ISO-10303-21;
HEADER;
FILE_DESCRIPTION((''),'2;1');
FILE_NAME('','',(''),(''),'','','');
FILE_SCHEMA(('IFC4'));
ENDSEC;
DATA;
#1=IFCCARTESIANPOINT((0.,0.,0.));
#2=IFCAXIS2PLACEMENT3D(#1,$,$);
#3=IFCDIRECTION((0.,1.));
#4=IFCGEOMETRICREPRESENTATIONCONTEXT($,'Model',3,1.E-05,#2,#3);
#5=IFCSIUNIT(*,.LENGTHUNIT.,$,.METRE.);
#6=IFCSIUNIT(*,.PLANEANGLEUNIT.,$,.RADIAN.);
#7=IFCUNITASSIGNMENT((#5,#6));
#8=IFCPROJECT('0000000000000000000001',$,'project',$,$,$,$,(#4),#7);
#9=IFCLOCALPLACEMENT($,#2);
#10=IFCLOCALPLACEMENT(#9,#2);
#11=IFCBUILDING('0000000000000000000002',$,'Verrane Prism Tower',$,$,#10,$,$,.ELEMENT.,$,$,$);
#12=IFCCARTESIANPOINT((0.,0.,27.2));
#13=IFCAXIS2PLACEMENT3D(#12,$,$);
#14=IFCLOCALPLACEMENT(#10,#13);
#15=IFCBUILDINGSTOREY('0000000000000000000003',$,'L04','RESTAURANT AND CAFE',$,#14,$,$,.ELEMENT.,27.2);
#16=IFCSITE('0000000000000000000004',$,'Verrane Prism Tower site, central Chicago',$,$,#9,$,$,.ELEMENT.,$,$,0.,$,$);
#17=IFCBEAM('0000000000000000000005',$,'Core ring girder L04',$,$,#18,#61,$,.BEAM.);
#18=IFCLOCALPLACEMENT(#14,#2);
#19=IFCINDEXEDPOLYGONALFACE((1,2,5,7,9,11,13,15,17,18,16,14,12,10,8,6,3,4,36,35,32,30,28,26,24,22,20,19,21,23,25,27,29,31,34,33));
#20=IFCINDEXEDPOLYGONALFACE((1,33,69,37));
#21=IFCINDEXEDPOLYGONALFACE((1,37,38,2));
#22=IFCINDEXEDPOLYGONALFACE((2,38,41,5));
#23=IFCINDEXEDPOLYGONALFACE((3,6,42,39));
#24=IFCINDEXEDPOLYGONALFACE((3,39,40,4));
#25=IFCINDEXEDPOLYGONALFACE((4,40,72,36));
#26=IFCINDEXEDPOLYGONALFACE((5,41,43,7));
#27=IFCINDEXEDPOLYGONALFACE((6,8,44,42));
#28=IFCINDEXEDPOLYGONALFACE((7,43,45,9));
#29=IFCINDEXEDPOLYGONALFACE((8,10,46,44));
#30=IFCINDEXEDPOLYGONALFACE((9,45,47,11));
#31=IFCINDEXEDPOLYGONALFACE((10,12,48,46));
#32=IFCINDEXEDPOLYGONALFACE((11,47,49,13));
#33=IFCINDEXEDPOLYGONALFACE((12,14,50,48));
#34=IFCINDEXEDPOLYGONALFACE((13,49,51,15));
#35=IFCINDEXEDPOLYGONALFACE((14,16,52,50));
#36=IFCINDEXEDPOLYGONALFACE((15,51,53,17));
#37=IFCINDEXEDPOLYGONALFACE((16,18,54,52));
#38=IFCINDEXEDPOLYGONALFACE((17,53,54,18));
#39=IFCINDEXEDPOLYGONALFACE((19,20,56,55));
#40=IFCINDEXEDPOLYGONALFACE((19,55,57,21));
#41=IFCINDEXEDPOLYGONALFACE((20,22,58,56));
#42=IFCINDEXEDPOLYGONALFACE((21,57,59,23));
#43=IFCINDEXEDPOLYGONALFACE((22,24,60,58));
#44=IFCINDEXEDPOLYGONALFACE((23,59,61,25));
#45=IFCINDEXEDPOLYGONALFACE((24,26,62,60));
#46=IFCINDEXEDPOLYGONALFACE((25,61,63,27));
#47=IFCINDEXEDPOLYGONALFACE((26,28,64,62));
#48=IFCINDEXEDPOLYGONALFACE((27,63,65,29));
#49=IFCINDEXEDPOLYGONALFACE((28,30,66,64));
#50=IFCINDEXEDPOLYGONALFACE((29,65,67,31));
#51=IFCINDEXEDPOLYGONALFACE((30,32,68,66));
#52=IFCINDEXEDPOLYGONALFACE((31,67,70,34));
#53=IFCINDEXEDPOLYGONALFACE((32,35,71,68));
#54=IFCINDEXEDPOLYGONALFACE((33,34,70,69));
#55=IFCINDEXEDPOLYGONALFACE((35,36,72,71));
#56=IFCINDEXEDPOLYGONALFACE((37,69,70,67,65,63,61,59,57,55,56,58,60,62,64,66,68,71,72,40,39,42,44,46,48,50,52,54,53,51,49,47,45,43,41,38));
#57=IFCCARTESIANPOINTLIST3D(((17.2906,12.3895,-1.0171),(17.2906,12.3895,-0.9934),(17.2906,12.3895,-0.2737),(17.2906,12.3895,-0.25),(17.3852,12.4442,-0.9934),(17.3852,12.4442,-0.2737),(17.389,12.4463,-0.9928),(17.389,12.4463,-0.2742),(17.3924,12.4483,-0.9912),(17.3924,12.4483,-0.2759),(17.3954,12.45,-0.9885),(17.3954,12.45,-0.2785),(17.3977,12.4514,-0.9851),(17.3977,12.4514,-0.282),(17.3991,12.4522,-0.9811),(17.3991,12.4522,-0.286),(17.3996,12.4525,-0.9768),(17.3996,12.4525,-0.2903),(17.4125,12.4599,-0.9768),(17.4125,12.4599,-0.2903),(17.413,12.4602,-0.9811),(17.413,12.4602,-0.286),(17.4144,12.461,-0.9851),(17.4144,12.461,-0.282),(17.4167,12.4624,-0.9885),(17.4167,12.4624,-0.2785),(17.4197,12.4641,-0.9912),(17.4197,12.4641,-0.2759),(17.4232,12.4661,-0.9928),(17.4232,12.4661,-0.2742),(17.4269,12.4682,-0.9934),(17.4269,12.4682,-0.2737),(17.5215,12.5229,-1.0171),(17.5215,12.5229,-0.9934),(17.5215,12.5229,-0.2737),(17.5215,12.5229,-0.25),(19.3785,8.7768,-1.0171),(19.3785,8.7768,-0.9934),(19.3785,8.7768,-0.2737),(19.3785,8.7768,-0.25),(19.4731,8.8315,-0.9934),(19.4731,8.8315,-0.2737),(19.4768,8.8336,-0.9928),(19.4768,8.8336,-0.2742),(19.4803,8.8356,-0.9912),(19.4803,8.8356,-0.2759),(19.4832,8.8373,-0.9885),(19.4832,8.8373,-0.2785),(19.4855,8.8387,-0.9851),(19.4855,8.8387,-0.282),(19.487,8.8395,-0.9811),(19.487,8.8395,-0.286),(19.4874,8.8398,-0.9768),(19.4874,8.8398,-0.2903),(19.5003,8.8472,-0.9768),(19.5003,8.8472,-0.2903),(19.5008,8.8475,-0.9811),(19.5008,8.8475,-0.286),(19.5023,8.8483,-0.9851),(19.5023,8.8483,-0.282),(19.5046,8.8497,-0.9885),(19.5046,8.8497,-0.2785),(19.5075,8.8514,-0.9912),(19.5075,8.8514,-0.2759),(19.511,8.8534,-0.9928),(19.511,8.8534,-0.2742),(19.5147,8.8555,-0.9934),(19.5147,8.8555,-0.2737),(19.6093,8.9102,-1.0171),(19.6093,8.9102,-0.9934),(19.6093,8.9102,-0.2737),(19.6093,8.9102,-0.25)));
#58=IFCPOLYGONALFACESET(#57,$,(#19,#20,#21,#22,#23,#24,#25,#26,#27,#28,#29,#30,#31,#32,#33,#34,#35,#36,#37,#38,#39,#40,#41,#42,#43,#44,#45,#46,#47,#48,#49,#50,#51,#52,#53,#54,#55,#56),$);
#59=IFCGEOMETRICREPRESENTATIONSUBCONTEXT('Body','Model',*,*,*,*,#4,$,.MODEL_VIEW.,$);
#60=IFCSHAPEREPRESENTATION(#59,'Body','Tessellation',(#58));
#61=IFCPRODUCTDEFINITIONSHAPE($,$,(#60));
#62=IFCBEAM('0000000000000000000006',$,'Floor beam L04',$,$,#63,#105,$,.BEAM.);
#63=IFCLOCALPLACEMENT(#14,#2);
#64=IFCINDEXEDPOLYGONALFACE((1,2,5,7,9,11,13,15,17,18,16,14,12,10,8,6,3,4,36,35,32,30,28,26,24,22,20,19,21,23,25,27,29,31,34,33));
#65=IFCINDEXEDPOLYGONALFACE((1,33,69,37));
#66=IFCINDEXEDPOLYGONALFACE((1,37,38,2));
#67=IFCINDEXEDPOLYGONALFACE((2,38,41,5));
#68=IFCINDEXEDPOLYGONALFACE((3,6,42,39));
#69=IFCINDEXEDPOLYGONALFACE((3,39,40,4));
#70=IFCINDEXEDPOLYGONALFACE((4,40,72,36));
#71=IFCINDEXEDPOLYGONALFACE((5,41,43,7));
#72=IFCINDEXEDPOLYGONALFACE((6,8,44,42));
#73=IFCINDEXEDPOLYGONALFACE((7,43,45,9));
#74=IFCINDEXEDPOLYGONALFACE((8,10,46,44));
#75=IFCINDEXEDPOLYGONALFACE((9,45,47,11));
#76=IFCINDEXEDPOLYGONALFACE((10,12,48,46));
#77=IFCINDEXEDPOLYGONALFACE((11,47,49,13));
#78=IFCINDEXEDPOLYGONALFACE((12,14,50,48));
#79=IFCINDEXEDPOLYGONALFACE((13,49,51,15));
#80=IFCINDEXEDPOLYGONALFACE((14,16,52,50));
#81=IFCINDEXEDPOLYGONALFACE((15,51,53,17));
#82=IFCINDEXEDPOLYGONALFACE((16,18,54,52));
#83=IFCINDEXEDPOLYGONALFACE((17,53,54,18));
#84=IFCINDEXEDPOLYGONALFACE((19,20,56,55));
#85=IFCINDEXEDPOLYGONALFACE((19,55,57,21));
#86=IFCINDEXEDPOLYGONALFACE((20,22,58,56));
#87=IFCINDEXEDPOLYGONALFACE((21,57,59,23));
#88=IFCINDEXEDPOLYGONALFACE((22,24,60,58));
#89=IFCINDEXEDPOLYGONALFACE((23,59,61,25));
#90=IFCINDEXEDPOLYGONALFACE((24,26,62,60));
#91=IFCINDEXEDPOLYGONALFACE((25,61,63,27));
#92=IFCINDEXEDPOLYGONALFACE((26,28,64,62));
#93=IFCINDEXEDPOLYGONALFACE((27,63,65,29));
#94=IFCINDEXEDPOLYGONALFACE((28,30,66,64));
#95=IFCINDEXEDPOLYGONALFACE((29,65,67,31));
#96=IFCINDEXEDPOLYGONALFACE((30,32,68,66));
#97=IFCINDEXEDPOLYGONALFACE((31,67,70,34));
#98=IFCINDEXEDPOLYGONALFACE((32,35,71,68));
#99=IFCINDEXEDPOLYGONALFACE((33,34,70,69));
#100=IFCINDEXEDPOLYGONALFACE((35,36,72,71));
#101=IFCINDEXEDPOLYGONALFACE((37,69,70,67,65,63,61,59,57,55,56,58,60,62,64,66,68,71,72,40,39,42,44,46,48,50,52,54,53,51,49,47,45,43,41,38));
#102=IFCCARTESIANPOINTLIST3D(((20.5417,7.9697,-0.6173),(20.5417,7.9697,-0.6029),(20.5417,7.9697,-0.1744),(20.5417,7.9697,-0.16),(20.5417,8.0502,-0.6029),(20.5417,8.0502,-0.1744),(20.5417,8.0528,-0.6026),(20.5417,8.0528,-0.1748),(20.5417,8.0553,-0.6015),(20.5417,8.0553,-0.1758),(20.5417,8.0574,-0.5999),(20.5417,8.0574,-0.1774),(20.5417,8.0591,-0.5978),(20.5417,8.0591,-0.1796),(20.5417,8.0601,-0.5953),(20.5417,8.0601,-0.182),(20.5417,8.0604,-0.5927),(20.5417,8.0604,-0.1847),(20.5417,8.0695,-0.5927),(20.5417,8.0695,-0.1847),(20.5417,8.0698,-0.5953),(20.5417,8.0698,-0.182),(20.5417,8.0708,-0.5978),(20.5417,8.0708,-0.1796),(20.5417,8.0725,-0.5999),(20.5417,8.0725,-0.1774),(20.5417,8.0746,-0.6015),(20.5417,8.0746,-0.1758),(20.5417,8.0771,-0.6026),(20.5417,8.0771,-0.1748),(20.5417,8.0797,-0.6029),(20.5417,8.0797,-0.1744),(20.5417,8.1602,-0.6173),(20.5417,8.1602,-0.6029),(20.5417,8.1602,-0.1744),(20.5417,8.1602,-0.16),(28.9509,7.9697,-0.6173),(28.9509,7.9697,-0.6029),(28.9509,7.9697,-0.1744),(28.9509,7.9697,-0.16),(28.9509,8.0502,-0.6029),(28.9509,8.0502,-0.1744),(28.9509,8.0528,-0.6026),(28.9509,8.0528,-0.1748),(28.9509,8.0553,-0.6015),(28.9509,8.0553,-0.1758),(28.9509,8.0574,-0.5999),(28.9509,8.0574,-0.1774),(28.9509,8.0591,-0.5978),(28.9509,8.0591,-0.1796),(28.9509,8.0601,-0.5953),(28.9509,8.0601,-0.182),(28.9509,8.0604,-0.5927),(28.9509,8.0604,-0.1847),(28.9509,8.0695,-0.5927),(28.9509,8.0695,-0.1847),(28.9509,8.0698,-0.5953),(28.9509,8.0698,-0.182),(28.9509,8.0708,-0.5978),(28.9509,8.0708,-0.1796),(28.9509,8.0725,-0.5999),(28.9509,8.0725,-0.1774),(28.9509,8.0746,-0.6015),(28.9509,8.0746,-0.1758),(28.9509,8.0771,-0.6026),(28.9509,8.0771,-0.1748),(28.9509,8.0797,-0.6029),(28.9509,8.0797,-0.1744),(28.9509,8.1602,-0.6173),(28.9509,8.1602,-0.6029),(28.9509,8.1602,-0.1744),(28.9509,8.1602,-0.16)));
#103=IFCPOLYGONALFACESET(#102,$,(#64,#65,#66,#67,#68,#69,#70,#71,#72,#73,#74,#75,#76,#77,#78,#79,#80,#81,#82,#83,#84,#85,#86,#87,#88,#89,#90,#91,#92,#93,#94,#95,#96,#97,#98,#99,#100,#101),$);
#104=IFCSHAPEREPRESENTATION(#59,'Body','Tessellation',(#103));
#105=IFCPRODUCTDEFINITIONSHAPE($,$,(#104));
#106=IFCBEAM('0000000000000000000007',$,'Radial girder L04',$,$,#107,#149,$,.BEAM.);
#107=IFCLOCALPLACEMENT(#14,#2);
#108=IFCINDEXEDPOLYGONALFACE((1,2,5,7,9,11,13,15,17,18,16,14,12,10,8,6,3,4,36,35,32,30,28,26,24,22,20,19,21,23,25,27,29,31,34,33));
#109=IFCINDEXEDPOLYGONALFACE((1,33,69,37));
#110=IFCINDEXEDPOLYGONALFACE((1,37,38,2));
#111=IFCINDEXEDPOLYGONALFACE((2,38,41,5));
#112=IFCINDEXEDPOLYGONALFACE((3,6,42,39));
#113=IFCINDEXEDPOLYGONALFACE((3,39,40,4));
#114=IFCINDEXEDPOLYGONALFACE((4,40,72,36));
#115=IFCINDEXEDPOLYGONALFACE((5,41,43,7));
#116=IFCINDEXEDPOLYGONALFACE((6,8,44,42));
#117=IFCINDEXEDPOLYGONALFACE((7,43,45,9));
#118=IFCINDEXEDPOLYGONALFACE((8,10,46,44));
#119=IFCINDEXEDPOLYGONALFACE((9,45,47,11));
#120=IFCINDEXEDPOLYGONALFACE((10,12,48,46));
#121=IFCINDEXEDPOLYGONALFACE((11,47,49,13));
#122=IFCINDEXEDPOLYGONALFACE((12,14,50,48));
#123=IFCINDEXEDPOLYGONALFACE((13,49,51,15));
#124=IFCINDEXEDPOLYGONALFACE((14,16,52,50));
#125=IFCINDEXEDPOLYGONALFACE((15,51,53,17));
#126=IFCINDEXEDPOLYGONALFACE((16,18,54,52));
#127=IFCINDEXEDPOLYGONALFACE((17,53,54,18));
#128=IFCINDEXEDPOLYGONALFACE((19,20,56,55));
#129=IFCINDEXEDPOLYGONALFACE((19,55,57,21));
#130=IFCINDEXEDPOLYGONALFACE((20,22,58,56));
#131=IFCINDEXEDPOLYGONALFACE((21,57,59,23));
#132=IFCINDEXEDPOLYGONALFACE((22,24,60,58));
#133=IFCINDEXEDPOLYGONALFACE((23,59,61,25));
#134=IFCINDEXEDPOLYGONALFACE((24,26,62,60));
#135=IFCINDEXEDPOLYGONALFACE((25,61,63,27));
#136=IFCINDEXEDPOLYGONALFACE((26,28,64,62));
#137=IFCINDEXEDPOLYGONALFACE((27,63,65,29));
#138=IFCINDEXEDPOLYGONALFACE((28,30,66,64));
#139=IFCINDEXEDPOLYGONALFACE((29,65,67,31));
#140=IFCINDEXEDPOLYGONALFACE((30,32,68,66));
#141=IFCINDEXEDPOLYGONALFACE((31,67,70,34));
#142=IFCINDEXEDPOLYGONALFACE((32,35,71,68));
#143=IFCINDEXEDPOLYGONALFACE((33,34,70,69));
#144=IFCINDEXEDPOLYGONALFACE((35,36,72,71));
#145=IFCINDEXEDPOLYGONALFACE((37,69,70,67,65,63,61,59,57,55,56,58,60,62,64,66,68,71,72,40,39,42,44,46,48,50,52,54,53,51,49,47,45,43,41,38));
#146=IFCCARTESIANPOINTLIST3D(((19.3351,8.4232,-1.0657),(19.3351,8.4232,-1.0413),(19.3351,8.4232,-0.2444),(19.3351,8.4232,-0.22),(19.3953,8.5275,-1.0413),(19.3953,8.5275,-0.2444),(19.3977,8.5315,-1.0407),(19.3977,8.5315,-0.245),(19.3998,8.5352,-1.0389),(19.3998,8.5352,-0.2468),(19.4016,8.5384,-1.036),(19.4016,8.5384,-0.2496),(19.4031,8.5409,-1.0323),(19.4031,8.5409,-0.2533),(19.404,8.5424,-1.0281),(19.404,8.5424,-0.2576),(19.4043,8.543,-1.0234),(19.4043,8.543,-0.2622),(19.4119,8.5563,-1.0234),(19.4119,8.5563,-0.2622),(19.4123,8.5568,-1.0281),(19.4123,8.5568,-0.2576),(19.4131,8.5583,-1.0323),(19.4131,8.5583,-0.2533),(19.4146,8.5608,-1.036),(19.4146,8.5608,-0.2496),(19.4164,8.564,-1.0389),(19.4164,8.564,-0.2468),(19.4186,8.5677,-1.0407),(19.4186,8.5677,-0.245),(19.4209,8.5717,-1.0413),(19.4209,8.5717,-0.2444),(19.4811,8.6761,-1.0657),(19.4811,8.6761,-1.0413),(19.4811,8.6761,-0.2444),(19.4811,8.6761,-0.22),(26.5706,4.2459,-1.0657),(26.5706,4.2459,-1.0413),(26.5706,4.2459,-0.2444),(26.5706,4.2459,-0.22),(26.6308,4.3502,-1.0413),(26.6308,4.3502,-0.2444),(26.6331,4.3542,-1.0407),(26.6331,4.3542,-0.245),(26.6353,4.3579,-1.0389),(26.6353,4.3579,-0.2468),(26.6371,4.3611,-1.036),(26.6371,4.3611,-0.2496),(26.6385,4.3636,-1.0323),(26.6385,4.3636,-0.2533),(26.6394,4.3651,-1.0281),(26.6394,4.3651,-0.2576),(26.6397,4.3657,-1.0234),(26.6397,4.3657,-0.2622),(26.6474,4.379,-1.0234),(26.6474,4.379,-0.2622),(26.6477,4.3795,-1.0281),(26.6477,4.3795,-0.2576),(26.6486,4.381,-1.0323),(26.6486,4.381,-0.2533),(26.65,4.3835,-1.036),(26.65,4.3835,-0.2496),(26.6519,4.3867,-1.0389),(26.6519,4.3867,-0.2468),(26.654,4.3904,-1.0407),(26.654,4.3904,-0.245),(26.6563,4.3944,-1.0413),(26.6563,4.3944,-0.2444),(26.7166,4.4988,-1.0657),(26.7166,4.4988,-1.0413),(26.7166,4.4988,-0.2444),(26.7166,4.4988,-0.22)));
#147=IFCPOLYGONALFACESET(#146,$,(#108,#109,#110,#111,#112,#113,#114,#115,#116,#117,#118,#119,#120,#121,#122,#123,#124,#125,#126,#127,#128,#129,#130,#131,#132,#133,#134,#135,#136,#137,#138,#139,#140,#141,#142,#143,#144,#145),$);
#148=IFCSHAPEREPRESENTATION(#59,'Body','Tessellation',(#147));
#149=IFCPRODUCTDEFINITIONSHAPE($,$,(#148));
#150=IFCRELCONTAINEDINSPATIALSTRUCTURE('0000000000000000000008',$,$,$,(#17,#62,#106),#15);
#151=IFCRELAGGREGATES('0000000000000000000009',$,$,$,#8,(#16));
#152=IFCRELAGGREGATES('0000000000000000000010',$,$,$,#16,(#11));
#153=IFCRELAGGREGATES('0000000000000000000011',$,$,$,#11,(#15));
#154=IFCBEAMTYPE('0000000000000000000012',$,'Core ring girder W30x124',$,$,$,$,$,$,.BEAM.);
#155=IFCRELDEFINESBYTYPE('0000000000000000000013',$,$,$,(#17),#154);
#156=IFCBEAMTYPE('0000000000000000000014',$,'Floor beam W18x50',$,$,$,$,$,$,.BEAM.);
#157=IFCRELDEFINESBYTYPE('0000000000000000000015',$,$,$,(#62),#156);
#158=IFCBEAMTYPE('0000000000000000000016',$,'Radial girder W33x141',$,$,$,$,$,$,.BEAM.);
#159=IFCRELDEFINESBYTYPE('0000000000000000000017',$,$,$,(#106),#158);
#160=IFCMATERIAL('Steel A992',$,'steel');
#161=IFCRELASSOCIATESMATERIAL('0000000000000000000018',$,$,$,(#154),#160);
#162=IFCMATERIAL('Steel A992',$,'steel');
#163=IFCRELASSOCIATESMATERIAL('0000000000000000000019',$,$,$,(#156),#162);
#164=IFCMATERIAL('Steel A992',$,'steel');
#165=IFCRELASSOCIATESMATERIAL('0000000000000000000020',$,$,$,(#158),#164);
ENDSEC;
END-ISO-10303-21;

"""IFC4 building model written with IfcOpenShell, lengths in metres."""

from ifc_helpers import new_model, si_unit, direction, frame, origin, origin_2d, place, context, subcontext, project, spatial, i_section, extrude, material, material_profile, profile_set, type_object, element, save


model = new_model("IFC4")

# Units and contexts
model_context = context("Model", 3, precision=1e-05, world=origin(), true_north=direction((0.0, 1.0)))
body_context = subcontext(model_context, "Body", "Model", "MODEL_VIEW")
ifc_project = project(units=[si_unit("LENGTHUNIT", "METRE"), si_unit("PLANEANGLEUNIT", "RADIAN")], contexts=[model_context])

# Site, building, storey
site_placement = place(None, origin())
site = spatial("IfcSite", under=ifc_project, at=site_placement, Name="Verrane Prism Tower site, central Chicago", CompositionType="ELEMENT", RefElevation=0.0)
building_placement = place(site_placement, origin())
building = spatial("IfcBuilding", under=site, at=building_placement, Name="Verrane Prism Tower", CompositionType="ELEMENT")
storey_placement = place(building_placement, frame((0.0, 0.0, 27.2)))
storey = spatial("IfcBuildingStorey", under=building, at=storey_placement, Name="L04", Description="RESTAURANT AND CAFE", CompositionType="ELEMENT", Elevation=27.2)

# Beams
ifc_material_1 = material(Name="Steel A992", Category="steel")
ifc_material_profile_1 = material_profile(ifc_material_1, i_section(OverallWidth=0.2666, OverallDepth=0.7671, WebThickness=0.0149, FlangeThickness=0.0237, FilletRadius=0.0166, at=origin_2d()), Name="W30x124")
ifc_profile_set_1 = profile_set([ifc_material_profile_1], Name="Steel A992")
beam_type_1 = type_object("IfcBeamType", Name="Core ring girder W30x124", PredefinedType="BEAM", material=ifc_profile_set_1)
beam_1_placement = place(storey_placement, frame((19.4939, 8.8435, -0.6335), z_axis=(-0.500367, 0.865813, 0.0), x_axis=(-0.865813, -0.500367, 0.0)))
element("IfcBeam", 1, at=beam_1_placement, inside=storey, type_object=beam_type_1, Name="Core ring girder L04", PredefinedType="BEAM", context=body_context, shape_type="SweptSolid", body=[
    extrude(i_section(OverallWidth=0.2666, OverallDepth=0.7671, WebThickness=0.0149, FlangeThickness=0.0237, FilletRadius=0.0166, at=origin_2d()), origin(), (0.0, 0.0, 1.0), 4.1726),
])
ifc_material_2 = material(Name="Steel A992", Category="steel")
ifc_material_profile_2 = material_profile(ifc_material_2, i_section(OverallWidth=0.1904, OverallDepth=0.4573, WebThickness=0.009, FlangeThickness=0.0144, FilletRadius=0.0103, at=origin_2d()), Name="W18x50")
ifc_profile_set_2 = profile_set([ifc_material_profile_2], Name="Steel A992")
beam_type_2 = type_object("IfcBeamType", Name="Floor beam W18x50", PredefinedType="BEAM", material=ifc_profile_set_2)
beam_2_placement = place(storey_placement, frame((20.5417, 8.0649, -0.3887), z_axis=(1.0, 0.0, 0.0), x_axis=(0.0, 1.0, 0.0)))
element("IfcBeam", 2, at=beam_2_placement, inside=storey, type_object=beam_type_2, Name="Floor beam L04", PredefinedType="BEAM", context=body_context, shape_type="SweptSolid", body=[
    extrude(i_section(OverallWidth=0.1904, OverallDepth=0.4573, WebThickness=0.009, FlangeThickness=0.0144, FilletRadius=0.0103, at=origin_2d()), origin(), (0.0, 0.0, 1.0), 8.4092),
])
ifc_material_3 = material(Name="Steel A992", Category="steel")
ifc_material_profile_3 = material_profile(ifc_material_3, i_section(OverallWidth=0.292, OverallDepth=0.8457, WebThickness=0.0154, FlangeThickness=0.0244, FilletRadius=0.0178, at=origin_2d()), Name="W33x141")
ifc_profile_set_3 = profile_set([ifc_material_profile_3], Name="Steel A992")
beam_type_3 = type_object("IfcBeamType", Name="Radial girder W33x141", PredefinedType="BEAM", material=ifc_profile_set_3)
beam_3_placement = place(storey_placement, frame((26.6436, 4.3723, -0.6428), z_axis=(-0.86603, 0.499992, 0.0), x_axis=(-0.499992, -0.86603, 0.0)))
element("IfcBeam", 3, at=beam_3_placement, inside=storey, type_object=beam_type_3, Name="Radial girder L04", PredefinedType="BEAM", context=body_context, shape_type="SweptSolid", body=[
    extrude(i_section(OverallWidth=0.292, OverallDepth=0.8457, WebThickness=0.0154, FlangeThickness=0.0244, FilletRadius=0.0178, at=origin_2d()), origin(), (0.0, 0.0, 1.0), 8.3547),
])

save(model, "model.ifc")
